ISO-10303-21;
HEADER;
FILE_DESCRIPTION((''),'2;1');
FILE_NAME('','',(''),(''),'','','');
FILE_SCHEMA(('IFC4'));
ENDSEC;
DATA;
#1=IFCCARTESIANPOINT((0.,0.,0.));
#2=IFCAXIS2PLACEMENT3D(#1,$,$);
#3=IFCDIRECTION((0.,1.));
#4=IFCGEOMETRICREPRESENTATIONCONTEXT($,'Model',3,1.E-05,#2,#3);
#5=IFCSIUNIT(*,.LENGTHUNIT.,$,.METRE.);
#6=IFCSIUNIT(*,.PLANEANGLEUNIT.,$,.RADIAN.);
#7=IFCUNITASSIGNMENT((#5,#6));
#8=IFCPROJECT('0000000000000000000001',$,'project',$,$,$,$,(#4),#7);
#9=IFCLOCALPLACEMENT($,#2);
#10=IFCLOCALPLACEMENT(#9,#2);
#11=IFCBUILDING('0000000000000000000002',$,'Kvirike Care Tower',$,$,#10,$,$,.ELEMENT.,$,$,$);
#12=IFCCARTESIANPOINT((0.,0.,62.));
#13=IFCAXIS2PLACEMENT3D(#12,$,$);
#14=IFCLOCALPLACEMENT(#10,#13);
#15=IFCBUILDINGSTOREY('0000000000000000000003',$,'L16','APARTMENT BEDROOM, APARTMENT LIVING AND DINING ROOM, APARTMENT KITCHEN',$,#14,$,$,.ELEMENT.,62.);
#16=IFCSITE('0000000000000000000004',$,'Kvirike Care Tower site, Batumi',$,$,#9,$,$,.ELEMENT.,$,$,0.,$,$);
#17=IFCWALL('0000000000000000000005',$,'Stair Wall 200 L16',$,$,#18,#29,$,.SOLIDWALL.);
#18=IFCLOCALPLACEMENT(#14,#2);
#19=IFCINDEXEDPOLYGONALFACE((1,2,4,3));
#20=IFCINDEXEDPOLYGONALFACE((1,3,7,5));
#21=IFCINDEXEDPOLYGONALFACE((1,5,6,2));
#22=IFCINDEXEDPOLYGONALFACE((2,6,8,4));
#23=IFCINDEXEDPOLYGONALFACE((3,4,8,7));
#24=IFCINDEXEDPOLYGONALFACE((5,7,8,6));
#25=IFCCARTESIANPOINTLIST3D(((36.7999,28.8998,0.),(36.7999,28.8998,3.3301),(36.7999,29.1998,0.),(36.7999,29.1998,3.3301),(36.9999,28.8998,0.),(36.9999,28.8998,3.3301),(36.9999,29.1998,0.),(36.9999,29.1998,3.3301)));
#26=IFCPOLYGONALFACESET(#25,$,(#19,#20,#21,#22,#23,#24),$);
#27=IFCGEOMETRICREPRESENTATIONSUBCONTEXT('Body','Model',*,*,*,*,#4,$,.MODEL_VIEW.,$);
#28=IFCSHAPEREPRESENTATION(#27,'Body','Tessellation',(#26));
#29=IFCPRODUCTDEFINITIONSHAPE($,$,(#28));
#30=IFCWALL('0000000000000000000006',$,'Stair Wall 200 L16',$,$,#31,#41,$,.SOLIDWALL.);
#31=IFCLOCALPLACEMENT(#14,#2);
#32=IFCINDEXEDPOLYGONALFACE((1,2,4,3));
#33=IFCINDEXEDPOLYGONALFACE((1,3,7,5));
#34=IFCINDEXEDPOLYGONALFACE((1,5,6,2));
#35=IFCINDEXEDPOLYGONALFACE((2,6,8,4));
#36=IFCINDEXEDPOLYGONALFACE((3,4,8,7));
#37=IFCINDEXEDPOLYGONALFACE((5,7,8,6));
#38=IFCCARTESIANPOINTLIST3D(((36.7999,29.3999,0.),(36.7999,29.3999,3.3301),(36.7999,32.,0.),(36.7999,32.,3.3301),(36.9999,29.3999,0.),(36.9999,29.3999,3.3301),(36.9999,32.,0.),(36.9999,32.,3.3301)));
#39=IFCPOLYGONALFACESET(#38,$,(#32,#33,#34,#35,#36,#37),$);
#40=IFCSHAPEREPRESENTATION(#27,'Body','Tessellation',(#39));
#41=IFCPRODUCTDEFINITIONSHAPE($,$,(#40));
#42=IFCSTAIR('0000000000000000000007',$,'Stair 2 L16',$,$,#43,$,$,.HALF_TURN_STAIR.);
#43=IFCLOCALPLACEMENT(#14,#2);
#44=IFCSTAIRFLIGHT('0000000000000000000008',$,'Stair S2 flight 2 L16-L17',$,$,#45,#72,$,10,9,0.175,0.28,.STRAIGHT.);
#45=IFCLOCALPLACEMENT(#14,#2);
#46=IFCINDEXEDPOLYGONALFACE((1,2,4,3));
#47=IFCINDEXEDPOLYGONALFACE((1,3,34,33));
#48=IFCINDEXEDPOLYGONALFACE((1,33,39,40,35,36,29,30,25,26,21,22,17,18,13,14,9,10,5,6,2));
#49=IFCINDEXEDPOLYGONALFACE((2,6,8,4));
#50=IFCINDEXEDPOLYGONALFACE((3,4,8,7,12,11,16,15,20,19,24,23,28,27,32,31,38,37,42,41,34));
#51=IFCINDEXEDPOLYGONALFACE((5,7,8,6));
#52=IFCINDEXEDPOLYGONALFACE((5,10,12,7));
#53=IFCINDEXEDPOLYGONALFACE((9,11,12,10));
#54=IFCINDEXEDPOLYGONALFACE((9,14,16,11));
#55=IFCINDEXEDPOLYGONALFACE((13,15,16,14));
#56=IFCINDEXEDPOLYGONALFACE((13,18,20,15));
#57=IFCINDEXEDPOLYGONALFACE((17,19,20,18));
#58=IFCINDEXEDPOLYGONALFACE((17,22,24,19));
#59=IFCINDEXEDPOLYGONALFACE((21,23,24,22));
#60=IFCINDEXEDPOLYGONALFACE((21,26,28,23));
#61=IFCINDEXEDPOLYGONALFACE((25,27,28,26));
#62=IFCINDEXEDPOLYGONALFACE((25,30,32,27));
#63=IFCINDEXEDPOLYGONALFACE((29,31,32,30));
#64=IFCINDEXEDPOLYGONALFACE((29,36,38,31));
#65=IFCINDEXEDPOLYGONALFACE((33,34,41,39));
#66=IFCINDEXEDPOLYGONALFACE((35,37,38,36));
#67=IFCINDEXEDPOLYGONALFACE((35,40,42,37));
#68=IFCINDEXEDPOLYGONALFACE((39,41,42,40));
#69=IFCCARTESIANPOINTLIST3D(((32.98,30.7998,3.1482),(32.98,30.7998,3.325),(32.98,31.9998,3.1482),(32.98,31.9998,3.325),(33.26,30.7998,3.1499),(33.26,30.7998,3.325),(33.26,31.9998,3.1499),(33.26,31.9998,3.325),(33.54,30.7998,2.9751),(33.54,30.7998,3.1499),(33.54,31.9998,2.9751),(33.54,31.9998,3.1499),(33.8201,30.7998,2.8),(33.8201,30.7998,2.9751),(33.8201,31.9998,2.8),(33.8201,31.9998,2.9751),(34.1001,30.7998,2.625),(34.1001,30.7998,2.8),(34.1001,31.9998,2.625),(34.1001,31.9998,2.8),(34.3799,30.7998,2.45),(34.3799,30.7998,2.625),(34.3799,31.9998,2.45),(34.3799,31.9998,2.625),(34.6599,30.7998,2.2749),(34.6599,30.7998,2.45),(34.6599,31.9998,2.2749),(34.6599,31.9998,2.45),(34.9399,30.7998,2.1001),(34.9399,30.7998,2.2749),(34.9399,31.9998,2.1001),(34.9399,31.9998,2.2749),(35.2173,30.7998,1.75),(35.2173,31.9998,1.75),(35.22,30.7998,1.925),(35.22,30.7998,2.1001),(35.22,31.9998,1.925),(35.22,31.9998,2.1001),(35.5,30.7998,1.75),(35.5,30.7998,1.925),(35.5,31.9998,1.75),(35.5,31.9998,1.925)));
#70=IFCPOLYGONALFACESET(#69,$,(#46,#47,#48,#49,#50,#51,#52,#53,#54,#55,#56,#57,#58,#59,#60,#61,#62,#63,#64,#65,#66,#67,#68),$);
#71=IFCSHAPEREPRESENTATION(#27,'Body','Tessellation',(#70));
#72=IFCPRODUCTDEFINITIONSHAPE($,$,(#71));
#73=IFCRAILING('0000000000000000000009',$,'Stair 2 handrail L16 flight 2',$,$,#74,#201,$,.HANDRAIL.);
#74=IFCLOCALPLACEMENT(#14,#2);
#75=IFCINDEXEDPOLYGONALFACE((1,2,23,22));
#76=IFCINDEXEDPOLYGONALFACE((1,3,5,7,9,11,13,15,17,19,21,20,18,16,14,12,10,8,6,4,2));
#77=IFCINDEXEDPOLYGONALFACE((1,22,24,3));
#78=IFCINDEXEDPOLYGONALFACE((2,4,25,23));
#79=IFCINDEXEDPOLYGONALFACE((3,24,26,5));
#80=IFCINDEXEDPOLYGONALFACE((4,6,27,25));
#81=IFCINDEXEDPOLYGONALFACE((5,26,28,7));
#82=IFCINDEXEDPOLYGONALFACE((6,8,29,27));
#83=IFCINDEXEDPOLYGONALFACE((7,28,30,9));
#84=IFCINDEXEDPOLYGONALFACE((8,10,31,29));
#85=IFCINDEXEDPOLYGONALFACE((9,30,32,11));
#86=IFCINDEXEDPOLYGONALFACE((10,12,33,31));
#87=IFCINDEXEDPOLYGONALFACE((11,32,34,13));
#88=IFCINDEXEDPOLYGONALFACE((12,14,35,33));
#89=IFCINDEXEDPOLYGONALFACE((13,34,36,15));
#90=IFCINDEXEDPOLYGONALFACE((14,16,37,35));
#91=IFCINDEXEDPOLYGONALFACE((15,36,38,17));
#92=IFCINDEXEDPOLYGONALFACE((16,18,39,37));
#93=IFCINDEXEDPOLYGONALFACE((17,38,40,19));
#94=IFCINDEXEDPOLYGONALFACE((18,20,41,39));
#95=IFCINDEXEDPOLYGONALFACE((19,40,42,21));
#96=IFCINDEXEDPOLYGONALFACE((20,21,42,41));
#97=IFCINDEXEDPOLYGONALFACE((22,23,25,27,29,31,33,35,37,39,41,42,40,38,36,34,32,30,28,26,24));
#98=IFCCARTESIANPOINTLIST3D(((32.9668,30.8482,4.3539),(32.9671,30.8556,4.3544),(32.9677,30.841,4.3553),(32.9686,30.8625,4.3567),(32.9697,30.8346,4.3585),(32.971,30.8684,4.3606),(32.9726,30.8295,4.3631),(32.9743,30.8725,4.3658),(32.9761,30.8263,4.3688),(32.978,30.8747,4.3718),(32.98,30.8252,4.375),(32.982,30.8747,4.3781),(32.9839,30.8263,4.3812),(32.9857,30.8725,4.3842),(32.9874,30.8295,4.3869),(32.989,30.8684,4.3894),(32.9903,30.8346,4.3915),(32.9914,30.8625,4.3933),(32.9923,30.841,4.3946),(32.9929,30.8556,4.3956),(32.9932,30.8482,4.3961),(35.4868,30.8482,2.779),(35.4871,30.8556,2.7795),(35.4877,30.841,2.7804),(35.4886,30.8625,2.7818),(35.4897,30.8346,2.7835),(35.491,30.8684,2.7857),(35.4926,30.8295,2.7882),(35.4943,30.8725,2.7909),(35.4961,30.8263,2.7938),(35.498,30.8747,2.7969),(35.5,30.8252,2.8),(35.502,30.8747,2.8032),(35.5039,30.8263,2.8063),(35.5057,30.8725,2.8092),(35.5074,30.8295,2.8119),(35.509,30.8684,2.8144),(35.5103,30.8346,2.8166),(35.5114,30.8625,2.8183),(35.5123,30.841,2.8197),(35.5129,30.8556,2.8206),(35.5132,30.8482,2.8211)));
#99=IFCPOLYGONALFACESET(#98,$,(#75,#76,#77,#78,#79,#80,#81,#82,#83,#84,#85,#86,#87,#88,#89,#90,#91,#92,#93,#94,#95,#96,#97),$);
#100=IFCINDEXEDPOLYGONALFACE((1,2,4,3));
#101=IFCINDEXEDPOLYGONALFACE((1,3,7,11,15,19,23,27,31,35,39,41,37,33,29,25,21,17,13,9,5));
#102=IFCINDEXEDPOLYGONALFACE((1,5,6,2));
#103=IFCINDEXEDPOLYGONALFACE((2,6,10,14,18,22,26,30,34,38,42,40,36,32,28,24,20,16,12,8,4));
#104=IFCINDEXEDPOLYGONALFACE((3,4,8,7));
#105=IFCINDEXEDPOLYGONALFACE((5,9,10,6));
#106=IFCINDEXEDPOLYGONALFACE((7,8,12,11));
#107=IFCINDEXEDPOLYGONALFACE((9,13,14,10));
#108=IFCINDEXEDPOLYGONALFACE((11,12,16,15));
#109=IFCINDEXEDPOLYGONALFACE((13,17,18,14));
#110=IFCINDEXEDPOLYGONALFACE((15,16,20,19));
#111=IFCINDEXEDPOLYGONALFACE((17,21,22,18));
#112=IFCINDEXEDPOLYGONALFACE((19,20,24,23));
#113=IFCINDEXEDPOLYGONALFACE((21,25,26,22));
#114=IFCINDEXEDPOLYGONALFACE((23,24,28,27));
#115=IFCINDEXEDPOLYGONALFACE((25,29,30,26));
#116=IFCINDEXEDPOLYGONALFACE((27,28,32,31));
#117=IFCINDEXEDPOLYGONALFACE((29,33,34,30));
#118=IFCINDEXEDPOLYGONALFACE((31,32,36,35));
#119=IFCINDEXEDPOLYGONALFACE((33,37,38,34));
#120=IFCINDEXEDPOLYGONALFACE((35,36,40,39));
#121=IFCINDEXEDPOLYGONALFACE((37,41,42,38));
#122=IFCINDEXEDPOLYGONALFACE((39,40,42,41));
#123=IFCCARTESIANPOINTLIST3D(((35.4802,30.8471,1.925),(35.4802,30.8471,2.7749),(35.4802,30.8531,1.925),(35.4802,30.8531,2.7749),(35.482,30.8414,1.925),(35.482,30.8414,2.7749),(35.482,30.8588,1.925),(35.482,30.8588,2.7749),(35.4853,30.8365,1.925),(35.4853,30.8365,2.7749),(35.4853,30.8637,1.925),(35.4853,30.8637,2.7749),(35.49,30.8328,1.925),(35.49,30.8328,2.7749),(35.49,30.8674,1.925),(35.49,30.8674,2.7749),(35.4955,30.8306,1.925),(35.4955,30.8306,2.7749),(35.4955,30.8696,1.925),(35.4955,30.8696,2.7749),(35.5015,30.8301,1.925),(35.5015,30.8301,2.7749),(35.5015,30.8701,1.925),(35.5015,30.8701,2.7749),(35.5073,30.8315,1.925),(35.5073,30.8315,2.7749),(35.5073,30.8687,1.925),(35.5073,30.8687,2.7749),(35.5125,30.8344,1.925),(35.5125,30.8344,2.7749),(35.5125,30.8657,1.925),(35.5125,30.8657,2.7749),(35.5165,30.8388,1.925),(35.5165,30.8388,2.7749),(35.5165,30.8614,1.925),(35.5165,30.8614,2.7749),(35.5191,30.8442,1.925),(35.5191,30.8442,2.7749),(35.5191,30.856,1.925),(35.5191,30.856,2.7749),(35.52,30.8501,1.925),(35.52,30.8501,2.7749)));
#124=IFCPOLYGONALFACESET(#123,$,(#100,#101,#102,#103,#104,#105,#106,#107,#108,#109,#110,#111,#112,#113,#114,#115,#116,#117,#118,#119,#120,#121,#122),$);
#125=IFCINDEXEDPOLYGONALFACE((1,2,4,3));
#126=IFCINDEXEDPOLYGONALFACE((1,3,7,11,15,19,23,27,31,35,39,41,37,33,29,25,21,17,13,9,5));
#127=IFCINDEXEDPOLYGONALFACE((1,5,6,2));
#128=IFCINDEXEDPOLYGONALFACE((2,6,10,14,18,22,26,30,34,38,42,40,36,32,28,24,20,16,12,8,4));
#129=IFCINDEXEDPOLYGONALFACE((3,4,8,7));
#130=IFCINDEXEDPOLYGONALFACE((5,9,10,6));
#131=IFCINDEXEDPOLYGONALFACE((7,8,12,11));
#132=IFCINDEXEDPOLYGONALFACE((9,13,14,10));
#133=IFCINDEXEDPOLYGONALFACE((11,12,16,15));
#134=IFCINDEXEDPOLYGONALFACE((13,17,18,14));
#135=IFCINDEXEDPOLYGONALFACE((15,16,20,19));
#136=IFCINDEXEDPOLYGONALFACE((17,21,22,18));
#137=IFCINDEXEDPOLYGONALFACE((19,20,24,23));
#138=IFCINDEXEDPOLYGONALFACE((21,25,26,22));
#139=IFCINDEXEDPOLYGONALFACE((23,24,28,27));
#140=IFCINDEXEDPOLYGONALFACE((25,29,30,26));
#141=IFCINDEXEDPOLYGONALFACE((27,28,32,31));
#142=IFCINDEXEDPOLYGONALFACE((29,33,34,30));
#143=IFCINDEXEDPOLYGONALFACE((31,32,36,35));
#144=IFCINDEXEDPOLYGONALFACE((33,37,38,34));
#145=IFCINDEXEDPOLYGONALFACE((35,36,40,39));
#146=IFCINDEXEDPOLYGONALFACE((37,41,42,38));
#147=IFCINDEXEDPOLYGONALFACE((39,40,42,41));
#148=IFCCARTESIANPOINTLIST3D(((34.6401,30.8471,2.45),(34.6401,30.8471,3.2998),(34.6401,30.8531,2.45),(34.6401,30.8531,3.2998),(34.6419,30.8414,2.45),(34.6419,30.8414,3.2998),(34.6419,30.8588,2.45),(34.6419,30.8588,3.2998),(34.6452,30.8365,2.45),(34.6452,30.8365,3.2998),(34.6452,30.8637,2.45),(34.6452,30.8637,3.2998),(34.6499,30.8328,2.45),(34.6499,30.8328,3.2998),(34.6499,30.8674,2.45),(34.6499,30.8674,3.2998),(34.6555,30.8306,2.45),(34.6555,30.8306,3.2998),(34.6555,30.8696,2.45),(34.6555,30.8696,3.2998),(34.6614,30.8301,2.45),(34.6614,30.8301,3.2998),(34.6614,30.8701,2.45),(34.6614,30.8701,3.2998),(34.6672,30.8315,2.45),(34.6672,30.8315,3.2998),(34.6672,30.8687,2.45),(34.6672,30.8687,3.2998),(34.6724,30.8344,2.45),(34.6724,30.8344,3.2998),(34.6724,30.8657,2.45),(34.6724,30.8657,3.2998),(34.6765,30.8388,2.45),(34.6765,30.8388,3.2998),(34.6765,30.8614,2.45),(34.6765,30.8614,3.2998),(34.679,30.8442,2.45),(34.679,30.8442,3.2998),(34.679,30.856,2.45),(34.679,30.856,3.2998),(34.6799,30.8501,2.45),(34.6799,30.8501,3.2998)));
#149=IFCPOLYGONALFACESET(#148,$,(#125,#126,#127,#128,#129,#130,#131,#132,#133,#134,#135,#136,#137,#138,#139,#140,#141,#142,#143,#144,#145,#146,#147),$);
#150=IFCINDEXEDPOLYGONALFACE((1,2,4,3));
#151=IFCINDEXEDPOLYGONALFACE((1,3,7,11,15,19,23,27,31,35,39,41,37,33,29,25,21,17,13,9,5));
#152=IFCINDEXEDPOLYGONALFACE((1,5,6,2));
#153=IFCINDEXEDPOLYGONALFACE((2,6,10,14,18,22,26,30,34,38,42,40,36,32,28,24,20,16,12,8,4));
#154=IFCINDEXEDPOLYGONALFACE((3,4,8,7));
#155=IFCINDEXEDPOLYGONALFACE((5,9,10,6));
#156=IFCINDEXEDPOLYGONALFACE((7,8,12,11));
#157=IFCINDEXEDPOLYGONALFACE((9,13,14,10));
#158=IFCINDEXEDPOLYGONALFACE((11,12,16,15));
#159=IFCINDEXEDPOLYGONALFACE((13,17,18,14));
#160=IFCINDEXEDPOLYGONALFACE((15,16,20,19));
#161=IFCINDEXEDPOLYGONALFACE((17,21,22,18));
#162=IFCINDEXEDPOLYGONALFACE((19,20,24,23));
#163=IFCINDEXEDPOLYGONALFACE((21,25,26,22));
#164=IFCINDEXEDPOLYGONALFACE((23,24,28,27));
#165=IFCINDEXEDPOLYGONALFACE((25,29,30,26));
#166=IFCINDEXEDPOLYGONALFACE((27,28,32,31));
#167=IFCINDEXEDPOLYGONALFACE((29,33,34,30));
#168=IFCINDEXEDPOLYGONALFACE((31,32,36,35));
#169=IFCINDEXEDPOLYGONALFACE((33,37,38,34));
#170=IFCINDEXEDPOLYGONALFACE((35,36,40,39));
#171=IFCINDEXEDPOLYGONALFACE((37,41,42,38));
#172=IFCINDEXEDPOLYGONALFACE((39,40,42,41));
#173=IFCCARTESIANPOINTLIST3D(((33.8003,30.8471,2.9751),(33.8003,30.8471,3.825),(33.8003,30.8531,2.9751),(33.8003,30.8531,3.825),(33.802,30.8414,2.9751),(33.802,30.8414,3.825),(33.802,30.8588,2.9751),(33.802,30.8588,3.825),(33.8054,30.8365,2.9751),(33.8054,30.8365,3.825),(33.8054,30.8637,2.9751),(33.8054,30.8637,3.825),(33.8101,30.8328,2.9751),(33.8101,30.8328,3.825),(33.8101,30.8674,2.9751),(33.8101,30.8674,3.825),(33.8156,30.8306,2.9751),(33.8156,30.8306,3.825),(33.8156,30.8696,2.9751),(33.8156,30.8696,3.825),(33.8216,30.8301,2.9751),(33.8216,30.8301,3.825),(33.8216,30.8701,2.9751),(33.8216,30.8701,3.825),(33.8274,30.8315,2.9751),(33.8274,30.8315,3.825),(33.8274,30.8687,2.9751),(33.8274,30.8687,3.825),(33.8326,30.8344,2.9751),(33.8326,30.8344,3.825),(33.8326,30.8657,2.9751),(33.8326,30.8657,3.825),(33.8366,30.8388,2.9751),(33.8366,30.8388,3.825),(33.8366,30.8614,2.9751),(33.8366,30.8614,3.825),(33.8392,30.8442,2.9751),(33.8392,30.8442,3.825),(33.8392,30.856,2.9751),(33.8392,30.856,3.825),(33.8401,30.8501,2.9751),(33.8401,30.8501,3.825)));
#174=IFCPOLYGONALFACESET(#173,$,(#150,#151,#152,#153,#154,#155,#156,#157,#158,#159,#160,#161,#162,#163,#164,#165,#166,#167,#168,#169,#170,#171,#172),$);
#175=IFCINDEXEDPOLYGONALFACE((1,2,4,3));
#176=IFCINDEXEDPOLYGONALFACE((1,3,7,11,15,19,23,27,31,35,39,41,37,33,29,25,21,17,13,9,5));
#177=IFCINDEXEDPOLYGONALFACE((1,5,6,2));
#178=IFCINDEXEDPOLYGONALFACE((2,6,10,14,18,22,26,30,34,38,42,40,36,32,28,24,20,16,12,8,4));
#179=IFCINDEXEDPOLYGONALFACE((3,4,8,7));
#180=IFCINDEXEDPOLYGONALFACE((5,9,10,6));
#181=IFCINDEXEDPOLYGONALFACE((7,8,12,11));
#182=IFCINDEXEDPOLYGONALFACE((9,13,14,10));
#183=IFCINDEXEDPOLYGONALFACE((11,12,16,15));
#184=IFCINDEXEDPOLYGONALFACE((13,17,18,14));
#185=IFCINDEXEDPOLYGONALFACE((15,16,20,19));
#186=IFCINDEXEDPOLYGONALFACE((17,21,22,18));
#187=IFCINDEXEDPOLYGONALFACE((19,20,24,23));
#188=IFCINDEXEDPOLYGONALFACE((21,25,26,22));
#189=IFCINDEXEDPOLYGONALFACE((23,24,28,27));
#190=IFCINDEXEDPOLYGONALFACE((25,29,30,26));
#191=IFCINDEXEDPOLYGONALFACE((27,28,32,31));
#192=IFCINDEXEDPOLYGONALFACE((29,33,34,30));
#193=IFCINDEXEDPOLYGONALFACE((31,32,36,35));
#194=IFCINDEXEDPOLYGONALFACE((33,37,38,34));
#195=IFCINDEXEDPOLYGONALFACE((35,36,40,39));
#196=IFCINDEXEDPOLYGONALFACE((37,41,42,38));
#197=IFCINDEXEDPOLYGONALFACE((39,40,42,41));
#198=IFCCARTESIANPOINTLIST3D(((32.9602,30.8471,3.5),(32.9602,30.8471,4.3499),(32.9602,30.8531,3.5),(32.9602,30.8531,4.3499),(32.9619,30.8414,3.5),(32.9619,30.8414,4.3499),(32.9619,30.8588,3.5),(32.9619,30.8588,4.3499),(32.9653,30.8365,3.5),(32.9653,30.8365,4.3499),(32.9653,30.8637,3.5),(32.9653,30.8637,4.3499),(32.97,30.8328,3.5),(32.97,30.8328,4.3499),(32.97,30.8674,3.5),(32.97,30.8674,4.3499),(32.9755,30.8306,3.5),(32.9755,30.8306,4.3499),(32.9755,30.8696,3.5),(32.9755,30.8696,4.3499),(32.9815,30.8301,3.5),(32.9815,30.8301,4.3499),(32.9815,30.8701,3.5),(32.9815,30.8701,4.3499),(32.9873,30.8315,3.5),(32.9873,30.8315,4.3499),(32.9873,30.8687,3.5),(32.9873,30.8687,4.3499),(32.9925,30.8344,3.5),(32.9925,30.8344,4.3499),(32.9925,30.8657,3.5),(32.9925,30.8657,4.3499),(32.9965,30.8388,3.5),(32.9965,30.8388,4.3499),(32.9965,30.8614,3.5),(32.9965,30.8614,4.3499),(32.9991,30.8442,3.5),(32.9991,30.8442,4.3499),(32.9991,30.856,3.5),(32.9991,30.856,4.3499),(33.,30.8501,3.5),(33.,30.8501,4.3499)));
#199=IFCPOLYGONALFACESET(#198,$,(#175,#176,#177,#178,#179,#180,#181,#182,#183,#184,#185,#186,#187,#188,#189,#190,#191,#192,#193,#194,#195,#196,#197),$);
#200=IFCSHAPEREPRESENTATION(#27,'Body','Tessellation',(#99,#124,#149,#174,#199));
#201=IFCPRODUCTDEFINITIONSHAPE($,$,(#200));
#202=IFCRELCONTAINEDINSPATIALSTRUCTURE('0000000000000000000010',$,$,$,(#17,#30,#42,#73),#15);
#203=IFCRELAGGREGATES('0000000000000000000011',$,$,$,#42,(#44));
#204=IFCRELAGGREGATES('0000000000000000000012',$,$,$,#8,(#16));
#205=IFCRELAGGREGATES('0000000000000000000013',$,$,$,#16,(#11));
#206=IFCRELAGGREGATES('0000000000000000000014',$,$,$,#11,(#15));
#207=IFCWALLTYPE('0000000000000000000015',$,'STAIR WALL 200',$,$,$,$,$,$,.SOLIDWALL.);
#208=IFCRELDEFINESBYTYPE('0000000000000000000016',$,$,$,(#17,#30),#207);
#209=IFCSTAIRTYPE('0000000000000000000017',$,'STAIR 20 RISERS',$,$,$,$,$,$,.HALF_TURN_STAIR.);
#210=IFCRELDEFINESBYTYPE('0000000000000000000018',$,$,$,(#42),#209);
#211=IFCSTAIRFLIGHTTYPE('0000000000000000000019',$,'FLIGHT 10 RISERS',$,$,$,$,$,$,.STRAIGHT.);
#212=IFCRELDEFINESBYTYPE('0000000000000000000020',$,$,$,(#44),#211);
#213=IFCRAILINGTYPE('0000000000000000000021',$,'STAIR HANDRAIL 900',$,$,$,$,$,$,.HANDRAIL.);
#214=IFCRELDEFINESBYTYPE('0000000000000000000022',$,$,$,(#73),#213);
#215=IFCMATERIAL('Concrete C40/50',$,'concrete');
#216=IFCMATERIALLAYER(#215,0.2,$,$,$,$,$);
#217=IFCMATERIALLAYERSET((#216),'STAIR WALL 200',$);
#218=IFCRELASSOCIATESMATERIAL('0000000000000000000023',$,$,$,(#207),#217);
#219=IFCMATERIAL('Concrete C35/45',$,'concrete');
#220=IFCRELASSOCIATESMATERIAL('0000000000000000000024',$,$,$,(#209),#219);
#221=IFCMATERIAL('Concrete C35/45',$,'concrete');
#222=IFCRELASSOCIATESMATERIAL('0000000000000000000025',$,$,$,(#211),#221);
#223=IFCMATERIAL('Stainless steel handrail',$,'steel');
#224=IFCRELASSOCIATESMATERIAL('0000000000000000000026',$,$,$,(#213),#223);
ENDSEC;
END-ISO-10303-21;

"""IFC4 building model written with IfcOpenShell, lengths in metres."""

from ifc_helpers import new_model, si_unit, direction, frame, frame_2d, origin, origin_2d, place, context, subcontext, project, spatial, polyline, rectangle, circle, outline, extrude, material, layer, layer_set, type_object, element, aggregate, save


model = new_model("IFC4")

# Units and contexts
model_context = context("Model", 3, precision=1e-05, world=origin(), true_north=direction((0.0, 1.0)))
body_context = subcontext(model_context, "Body", "Model", "MODEL_VIEW")
ifc_project = project(units=[si_unit("LENGTHUNIT", "METRE"), si_unit("PLANEANGLEUNIT", "RADIAN")], contexts=[model_context])

# Site, building, storey
site_placement = place(None, origin())
site = spatial("IfcSite", under=ifc_project, at=site_placement, Name="Kvirike Care Tower site, Batumi", CompositionType="ELEMENT", RefElevation=0.0)
building_placement = place(site_placement, origin())
building = spatial("IfcBuilding", under=site, at=building_placement, Name="Kvirike Care Tower", CompositionType="ELEMENT")
storey_placement = place(building_placement, frame((0.0, 0.0, 62.0)))
storey = spatial("IfcBuildingStorey", under=building, at=storey_placement, Name="L16", Description="APARTMENT BEDROOM, APARTMENT LIVING AND DINING ROOM, APARTMENT KITCHEN", CompositionType="ELEMENT", Elevation=62.0)

# Walls
ifc_material_1 = material(Name="Concrete C40/50", Category="concrete")
ifc_layer_1 = layer(ifc_material_1, 0.2)
ifc_layer_set_1 = layer_set([ifc_layer_1], Name="STAIR WALL 200")
wall_type_1 = type_object("IfcWallType", Name="STAIR WALL 200", PredefinedType="SOLIDWALL", material=ifc_layer_set_1)
wall_1_placement = place(storey_placement, frame((36.8999, 28.8999, 0.0), z_axis=(0.0, 0.0, 1.0), x_axis=(0.0, 1.0, 0.0)))
element("IfcWall", 1, at=wall_1_placement, inside=storey, type_object=wall_type_1, Name="Stair Wall 200 L16", PredefinedType="SOLIDWALL", context=body_context, shape_type="SweptSolid", body=[
    extrude(rectangle(XDim=0.3, YDim=0.2, at=frame_2d((0.1499, 0.0))), origin(), (0.0, 0.0, 1.0), 3.3301),
])
wall_2_placement = place(storey_placement, frame((36.8999, 29.3999, 0.0), z_axis=(0.0, 0.0, 1.0), x_axis=(0.0, 1.0, 0.0)))
element("IfcWall", 2, at=wall_2_placement, inside=storey, type_object=wall_type_1, Name="Stair Wall 200 L16", PredefinedType="SOLIDWALL", context=body_context, shape_type="SweptSolid", body=[
    extrude(rectangle(XDim=2.6001, YDim=0.2, at=frame_2d((1.3, 0.0))), origin(), (0.0, 0.0, 1.0), 3.3301),
])

# Stair, stair flight
ifc_material_2 = material(Name="Concrete C35/45", Category="concrete")
stair_type = type_object("IfcStairType", Name="STAIR 20 RISERS", PredefinedType="HALF_TURN_STAIR", material=ifc_material_2)
stair_placement = place(storey_placement, origin())
stair = element("IfcStair", 3, at=stair_placement, inside=storey, type_object=stair_type, Name="Stair 2 L16", PredefinedType="HALF_TURN_STAIR")
ifc_material_3 = material(Name="Concrete C35/45", Category="concrete")
stair_flight_type = type_object("IfcStairFlightType", Name="FLIGHT 10 RISERS", PredefinedType="STRAIGHT", material=ifc_material_3)
stair_flight_placement = place(storey_placement, frame((35.5, 31.3999, 1.75), z_axis=(0.0, 0.0, 1.0), x_axis=(-1.0, 0.0, 0.0)))
stair_flight = element("IfcStairFlight", 4, at=stair_flight_placement, type_object=stair_flight_type, Name="Stair S2 flight 2 L16-L17", NumberOfRisers=10, NumberOfTreads=9, PredefinedType="STRAIGHT", RiserHeight=0.175, TreadLength=0.28, context=body_context, shape_type="SweptSolid", body=[
    extrude(outline(polyline([(0.0, 0.0), (0.0, 0.175), (0.28, 0.175), (0.28, 0.3501), (0.5601, 0.3501), (0.5601, 0.5249), (0.8401, 0.5249), (0.8401, 0.7), (1.1201, 0.7), (1.1201, 0.875), (1.3999, 0.875), (1.3999, 1.05), (1.6799, 1.05), (1.6799, 1.2251), (1.96, 1.2251), (1.96, 1.3999), (2.24, 1.3999), (2.24, 1.575), (2.52, 1.575), (2.52, 1.75), (2.52, 1.3982), (0.2827, 0.0), (0.0, 0.0)])), frame((0.0, 0.6001, 0.0), z_axis=(0.0, -1.0, 0.0), x_axis=(1.0, 0.0, 0.0)), (0.0, 0.0, 1.0), 1.2),
])
aggregate(stair, [stair_flight])

# Railing
ifc_material_4 = material(Name="Stainless steel handrail", Category="steel")
railing_type = type_object("IfcRailingType", Name="STAIR HANDRAIL 900", PredefinedType="HANDRAIL", material=ifc_material_4)
railing_placement = place(storey_placement, frame((35.5, 30.8501, 1.925)))
element("IfcRailing", 5, at=railing_placement, inside=storey, type_object=railing_type, Name="Stair 2 handrail L16 flight 2", PredefinedType="HANDRAIL", context=body_context, shape_type="SweptSolid", body=[
    extrude(circle(Radius=0.0249, at=origin_2d()), frame((0.0, 0.0, 0.875), z_axis=(-0.848008, 0.0, 0.529984), x_axis=(0.0, -1.0, 0.0)), (0.0, 0.0, 1.0), 2.9717),
    extrude(circle(Radius=0.02, at=origin_2d()), origin(), (0.0, 0.0, 1.0), 0.8499),
    extrude(circle(Radius=0.02, at=origin_2d()), frame((-0.8401, 0.0, 0.5249)), (0.0, 0.0, 1.0), 0.8499),
    extrude(circle(Radius=0.02, at=origin_2d()), frame((-1.6799, 0.0, 1.05)), (0.0, 0.0, 1.0), 0.8499),
    extrude(circle(Radius=0.02, at=origin_2d()), frame((-2.52, 0.0, 1.575)), (0.0, 0.0, 1.0), 0.8499),
])

save(model, "model.ifc")
